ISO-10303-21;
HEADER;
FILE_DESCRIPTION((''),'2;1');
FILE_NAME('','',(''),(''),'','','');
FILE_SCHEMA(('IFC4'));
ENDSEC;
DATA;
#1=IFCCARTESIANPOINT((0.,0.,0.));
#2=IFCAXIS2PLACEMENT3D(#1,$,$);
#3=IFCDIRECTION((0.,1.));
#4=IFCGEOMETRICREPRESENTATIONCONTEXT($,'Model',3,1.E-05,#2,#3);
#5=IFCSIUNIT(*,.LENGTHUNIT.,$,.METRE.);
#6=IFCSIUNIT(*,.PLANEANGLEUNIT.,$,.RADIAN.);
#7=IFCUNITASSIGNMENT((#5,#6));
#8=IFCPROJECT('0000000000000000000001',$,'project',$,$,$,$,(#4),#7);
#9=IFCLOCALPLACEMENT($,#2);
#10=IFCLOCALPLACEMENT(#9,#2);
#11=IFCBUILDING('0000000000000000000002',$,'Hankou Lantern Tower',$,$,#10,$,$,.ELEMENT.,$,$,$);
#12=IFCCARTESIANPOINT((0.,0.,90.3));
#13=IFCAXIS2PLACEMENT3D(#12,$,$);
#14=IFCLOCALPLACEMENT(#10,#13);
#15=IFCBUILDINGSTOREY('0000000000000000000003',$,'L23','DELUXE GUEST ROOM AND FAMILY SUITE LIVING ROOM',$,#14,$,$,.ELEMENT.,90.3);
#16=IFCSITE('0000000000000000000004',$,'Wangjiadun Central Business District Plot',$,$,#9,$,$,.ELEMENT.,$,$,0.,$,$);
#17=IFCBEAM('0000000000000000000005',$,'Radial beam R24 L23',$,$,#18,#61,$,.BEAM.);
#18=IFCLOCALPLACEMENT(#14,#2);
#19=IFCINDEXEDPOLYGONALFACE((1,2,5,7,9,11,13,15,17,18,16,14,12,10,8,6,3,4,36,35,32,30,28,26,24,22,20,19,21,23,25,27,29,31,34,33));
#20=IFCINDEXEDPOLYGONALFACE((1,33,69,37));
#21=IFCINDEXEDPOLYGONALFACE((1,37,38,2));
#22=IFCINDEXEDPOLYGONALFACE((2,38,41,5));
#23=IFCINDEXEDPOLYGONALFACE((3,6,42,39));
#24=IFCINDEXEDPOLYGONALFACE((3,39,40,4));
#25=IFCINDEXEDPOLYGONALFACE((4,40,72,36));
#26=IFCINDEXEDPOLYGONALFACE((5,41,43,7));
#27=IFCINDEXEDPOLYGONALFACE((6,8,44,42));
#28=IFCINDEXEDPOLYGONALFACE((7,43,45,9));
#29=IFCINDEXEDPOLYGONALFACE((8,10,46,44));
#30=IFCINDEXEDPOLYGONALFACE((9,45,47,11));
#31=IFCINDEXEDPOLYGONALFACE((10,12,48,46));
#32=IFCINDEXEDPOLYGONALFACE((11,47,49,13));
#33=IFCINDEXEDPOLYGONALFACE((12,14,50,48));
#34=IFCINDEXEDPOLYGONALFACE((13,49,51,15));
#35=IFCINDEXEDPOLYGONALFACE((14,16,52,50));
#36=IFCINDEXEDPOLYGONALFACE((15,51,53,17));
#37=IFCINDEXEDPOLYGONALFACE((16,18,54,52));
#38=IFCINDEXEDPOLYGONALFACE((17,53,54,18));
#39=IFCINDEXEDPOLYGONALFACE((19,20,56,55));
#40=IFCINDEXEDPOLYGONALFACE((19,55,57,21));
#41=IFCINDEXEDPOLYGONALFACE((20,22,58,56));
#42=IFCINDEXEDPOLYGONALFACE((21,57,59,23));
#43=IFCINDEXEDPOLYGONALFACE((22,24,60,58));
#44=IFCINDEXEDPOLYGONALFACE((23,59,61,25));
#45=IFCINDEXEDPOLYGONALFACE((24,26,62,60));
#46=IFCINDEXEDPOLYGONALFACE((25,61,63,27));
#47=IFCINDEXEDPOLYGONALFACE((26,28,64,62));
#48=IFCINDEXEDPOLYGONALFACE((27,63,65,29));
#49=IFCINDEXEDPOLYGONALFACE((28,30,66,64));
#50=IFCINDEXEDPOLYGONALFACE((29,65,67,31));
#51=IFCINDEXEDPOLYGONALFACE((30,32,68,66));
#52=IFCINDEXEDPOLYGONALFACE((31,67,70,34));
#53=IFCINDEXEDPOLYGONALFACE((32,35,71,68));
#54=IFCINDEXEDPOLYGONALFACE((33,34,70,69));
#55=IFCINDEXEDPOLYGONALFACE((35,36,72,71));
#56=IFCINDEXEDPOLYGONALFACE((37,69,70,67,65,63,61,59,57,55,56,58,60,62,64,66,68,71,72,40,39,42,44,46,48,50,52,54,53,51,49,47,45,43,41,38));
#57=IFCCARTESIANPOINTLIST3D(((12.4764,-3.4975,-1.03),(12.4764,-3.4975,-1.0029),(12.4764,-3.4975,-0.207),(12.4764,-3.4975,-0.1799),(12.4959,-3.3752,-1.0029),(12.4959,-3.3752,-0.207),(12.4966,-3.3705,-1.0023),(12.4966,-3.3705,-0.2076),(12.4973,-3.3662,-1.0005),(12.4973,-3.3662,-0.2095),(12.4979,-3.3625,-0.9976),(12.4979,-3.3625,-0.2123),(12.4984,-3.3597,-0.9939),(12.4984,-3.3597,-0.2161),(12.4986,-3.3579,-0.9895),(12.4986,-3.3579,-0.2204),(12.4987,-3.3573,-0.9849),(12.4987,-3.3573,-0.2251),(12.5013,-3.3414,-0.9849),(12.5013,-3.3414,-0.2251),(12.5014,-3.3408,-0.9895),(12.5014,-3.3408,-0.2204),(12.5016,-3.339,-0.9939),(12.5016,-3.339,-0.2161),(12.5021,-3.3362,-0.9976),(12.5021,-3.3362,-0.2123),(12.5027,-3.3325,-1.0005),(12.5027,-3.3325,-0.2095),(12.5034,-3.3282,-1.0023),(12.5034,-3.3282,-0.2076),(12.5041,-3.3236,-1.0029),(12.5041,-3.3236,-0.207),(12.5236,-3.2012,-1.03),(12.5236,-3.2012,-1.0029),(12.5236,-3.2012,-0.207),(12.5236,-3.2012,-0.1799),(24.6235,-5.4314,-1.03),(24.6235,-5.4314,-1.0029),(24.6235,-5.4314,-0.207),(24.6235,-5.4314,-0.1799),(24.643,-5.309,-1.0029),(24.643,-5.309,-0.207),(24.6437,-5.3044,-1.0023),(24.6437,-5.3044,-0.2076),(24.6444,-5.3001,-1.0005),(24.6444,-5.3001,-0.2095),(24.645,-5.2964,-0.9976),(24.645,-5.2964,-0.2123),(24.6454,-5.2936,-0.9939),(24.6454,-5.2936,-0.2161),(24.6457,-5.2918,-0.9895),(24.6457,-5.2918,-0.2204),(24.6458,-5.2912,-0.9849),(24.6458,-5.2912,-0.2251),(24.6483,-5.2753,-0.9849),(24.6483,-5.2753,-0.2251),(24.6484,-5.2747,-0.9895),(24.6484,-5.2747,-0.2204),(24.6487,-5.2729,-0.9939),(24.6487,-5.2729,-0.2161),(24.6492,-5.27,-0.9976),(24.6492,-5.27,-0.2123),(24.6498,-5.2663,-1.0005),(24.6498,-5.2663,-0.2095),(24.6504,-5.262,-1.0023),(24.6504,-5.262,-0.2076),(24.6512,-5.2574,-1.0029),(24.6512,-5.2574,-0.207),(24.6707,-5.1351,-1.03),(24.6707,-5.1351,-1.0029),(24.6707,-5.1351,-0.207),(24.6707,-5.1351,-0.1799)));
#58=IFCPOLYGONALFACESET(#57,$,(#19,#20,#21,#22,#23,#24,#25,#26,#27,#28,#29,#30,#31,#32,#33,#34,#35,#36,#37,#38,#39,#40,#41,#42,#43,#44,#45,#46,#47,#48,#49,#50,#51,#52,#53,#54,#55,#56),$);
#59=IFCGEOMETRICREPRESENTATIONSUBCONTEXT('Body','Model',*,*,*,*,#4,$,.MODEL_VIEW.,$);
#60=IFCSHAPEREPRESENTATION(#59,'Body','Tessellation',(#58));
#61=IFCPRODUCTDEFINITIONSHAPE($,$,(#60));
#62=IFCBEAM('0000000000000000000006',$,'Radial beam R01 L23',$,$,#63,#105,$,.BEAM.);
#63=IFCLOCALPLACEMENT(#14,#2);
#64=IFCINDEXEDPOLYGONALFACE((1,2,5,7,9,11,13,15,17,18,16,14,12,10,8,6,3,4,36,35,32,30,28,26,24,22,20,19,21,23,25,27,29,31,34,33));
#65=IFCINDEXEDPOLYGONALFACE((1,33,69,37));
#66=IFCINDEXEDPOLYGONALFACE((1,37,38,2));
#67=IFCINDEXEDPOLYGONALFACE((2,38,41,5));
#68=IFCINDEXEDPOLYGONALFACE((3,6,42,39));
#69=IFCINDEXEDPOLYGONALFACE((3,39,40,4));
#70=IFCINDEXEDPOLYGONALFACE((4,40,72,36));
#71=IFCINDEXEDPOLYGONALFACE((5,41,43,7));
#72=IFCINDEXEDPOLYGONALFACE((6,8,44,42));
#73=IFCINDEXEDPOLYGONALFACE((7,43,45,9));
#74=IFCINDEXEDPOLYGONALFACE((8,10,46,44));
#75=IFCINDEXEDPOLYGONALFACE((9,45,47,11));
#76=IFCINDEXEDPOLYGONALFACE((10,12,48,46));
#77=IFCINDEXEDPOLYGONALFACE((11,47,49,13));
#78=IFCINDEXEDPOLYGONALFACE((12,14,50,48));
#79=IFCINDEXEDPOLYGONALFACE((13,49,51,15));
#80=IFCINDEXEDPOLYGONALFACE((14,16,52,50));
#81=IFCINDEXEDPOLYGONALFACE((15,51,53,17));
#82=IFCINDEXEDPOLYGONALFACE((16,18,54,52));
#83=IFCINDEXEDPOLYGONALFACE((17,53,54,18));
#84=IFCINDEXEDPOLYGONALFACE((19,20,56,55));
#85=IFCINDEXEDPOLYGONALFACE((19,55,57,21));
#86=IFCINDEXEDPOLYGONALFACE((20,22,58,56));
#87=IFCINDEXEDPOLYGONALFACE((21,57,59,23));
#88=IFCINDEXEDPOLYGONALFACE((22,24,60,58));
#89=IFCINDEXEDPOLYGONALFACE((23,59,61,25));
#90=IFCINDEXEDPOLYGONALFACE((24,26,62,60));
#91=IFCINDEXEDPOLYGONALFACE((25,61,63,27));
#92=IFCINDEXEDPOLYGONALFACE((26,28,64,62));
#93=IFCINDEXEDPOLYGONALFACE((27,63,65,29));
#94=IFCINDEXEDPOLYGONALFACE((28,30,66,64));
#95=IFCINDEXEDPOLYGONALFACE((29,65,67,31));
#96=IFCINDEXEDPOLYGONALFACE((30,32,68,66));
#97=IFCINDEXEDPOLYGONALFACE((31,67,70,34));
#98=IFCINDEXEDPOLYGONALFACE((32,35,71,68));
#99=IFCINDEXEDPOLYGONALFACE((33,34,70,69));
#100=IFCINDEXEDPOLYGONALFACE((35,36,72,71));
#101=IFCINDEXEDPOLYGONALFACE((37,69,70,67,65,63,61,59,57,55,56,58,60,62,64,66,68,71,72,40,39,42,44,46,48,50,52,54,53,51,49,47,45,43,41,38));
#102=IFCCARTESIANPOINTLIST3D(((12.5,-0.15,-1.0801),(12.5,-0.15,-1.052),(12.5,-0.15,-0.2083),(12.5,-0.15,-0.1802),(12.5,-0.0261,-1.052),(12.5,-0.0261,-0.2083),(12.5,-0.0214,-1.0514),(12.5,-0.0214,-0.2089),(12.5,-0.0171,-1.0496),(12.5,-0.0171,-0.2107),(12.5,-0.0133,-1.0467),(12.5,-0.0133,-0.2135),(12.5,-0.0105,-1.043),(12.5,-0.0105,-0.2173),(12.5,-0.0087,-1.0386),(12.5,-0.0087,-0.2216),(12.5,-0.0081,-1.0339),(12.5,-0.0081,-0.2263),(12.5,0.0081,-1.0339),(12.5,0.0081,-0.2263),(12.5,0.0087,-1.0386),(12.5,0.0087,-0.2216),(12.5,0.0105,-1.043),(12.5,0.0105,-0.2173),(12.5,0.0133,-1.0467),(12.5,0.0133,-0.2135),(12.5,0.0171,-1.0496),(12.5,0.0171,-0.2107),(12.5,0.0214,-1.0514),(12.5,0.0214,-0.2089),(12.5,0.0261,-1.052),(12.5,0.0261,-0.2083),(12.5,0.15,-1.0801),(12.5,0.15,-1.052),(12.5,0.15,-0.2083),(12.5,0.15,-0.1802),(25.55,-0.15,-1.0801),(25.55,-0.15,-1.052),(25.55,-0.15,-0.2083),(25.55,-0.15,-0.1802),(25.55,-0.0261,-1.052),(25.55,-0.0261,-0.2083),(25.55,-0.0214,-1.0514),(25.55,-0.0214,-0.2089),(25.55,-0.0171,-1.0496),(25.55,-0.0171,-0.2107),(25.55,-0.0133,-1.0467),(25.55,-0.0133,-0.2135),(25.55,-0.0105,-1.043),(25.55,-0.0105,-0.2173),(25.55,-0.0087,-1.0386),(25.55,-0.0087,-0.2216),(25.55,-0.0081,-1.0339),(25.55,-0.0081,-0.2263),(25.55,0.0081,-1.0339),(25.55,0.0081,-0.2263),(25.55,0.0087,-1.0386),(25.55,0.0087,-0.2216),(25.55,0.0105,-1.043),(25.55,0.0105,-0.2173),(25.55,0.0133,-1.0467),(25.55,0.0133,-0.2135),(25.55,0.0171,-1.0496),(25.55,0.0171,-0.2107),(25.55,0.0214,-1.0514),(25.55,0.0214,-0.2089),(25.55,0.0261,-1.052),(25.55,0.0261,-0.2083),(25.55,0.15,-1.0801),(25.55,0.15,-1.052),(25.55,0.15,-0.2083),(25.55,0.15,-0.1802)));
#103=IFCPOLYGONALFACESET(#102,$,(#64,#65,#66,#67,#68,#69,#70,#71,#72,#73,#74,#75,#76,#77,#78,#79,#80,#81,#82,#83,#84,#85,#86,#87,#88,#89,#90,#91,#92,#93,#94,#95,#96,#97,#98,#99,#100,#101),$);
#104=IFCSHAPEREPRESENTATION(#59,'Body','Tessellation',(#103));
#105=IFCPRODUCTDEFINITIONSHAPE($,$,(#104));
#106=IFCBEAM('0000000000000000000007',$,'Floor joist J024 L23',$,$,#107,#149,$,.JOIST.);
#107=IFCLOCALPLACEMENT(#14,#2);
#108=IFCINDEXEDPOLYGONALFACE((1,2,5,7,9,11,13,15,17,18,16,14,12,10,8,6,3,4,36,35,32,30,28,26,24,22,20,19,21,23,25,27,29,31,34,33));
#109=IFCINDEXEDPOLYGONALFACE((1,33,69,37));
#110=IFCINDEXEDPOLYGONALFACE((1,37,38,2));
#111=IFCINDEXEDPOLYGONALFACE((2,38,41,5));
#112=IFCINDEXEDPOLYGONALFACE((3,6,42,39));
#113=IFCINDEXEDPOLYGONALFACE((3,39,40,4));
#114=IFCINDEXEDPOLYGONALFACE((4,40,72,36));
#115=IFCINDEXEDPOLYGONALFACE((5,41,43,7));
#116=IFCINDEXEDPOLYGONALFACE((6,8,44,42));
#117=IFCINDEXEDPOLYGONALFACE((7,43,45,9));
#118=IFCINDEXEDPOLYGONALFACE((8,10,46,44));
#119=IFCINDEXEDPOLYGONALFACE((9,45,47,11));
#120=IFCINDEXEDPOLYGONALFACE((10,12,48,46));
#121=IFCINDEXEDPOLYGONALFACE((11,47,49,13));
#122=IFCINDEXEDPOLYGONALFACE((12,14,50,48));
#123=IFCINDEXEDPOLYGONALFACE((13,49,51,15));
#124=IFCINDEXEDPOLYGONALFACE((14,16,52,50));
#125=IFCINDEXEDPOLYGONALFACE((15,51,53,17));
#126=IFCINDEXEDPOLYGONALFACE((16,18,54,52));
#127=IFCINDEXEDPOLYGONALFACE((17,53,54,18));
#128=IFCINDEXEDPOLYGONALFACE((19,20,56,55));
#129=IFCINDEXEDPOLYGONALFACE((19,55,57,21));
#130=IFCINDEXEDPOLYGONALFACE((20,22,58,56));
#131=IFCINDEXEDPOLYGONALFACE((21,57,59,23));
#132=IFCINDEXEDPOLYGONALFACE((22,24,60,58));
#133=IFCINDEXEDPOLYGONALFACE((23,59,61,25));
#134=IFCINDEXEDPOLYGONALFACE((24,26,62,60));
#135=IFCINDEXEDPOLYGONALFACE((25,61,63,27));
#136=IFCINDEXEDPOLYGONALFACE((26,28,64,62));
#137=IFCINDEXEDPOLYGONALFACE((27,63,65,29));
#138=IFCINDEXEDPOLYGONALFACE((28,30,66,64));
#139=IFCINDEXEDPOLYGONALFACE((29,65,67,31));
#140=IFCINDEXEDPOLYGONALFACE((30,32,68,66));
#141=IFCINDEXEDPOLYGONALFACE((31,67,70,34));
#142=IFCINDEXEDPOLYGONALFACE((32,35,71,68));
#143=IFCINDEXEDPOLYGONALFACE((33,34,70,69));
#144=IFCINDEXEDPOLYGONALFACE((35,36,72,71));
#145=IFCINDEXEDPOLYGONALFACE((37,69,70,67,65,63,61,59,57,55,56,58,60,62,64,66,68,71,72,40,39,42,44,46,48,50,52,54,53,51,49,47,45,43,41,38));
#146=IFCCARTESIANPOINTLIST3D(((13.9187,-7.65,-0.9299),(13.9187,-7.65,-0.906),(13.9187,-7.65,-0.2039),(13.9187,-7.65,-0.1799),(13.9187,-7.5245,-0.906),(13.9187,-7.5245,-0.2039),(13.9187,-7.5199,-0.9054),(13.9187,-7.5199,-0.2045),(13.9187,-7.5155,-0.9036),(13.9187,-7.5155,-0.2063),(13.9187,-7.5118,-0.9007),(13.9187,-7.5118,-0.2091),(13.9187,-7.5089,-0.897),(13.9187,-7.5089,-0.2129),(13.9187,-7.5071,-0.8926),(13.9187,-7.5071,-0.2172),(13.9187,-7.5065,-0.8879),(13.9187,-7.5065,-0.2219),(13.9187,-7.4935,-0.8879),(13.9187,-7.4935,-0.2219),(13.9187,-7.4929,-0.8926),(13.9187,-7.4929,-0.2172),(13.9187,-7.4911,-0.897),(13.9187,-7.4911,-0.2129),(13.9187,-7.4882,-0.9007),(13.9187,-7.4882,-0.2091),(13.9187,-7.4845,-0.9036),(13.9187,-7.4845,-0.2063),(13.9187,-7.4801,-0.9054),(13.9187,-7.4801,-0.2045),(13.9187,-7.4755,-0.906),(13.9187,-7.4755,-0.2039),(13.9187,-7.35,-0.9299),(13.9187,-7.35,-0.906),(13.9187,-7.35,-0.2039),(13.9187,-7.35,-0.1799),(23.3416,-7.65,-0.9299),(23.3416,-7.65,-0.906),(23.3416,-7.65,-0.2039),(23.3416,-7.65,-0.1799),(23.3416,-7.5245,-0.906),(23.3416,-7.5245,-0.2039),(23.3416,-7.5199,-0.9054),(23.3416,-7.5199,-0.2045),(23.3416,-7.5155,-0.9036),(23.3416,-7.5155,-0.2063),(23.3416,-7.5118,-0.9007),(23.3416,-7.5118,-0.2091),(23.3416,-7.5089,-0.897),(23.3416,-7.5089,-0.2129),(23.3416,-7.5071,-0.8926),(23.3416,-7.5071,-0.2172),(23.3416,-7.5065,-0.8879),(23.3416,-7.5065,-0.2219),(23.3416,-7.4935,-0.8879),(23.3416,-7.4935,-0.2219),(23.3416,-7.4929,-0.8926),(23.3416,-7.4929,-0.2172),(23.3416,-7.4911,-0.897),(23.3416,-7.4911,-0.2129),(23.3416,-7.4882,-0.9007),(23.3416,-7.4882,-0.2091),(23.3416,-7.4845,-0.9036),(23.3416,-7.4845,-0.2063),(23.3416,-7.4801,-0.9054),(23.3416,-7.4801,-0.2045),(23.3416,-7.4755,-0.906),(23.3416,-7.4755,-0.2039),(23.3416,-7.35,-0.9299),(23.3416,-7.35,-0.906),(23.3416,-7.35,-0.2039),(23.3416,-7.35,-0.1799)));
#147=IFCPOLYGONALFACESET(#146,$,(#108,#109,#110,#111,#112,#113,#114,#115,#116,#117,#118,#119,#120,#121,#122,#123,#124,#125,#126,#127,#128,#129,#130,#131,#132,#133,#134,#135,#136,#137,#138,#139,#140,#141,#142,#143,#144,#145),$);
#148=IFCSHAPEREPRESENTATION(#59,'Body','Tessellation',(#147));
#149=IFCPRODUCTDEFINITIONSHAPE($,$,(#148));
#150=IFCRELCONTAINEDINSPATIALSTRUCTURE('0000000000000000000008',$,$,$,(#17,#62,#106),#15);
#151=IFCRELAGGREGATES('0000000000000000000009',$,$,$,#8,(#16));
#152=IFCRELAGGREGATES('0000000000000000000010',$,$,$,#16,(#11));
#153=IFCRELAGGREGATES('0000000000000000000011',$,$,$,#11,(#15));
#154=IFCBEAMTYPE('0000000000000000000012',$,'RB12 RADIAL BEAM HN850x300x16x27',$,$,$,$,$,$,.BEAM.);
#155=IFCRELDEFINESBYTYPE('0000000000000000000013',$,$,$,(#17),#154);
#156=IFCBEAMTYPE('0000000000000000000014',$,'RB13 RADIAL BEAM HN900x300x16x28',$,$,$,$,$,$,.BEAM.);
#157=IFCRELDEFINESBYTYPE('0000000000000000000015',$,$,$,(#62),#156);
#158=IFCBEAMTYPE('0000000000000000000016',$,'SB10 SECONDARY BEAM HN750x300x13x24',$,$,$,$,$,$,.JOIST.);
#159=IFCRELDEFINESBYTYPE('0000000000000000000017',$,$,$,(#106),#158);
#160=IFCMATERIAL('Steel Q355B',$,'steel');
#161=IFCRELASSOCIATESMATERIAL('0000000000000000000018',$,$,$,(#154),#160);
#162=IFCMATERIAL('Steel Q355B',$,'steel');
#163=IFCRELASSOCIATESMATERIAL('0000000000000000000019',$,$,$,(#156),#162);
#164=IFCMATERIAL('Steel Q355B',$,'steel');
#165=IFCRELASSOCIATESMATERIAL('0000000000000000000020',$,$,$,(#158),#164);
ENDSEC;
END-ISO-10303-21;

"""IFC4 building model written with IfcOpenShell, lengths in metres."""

from ifc_helpers import new_model, si_unit, direction, frame, origin, origin_2d, place, context, subcontext, project, spatial, i_section, extrude, material, material_profile, profile_set, type_object, element, save


model = new_model("IFC4")

# Units and contexts
model_context = context("Model", 3, precision=1e-05, world=origin(), true_north=direction((0.0, 1.0)))
body_context = subcontext(model_context, "Body", "Model", "MODEL_VIEW")
ifc_project = project(units=[si_unit("LENGTHUNIT", "METRE"), si_unit("PLANEANGLEUNIT", "RADIAN")], contexts=[model_context])

# Site, building, storey
site_placement = place(None, origin())
site = spatial("IfcSite", under=ifc_project, at=site_placement, Name="Wangjiadun Central Business District Plot", CompositionType="ELEMENT", RefElevation=0.0)
building_placement = place(site_placement, origin())
building = spatial("IfcBuilding", under=site, at=building_placement, Name="Hankou Lantern Tower", CompositionType="ELEMENT")
storey_placement = place(building_placement, frame((0.0, 0.0, 90.3)))
storey = spatial("IfcBuildingStorey", under=building, at=storey_placement, Name="L23", Description="DELUXE GUEST ROOM AND FAMILY SUITE LIVING ROOM", CompositionType="ELEMENT", Elevation=90.3)

# Beams
ifc_material_1 = material(Name="Steel Q355B", Category="steel")
ifc_material_profile_1 = material_profile(ifc_material_1, i_section(OverallWidth=0.3, OverallDepth=0.8501, WebThickness=0.0161, FlangeThickness=0.0271, FilletRadius=0.0181, at=origin_2d()), Name="HN850x300x16x27")
ifc_profile_set_1 = profile_set([ifc_material_profile_1], Name="Steel Q355B")
beam_type_1 = type_object("IfcBeamType", Name="RB12 RADIAL BEAM HN850x300x16x27", PredefinedType="BEAM", material=ifc_profile_set_1)
beam_1_placement = place(storey_placement, frame((12.5, -3.3494, -0.605), z_axis=(0.987563, -0.157223, 0.0), x_axis=(0.157223, 0.987563, 0.0)))
element("IfcBeam", 1, at=beam_1_placement, inside=storey, type_object=beam_type_1, Name="Radial beam R24 L23", PredefinedType="BEAM", context=body_context, shape_type="SweptSolid", body=[
    extrude(i_section(OverallWidth=0.3, OverallDepth=0.8501, WebThickness=0.0161, FlangeThickness=0.0271, FilletRadius=0.0181, at=origin_2d()), origin(), (0.0, 0.0, 1.0), 12.3),
])
ifc_material_2 = material(Name="Steel Q355B", Category="steel")
ifc_material_profile_2 = material_profile(ifc_material_2, i_section(OverallWidth=0.3, OverallDepth=0.8999, WebThickness=0.0161, FlangeThickness=0.0281, FilletRadius=0.0181, at=origin_2d()), Name="HN900x300x16x28")
ifc_profile_set_2 = profile_set([ifc_material_profile_2], Name="Steel Q355B")
beam_type_2 = type_object("IfcBeamType", Name="RB13 RADIAL BEAM HN900x300x16x28", PredefinedType="BEAM", material=ifc_profile_set_2)
beam_2_placement = place(storey_placement, frame((12.5, 0.0, -0.6301), z_axis=(1.0, 0.0, 0.0), x_axis=(0.0, 1.0, 0.0)))
element("IfcBeam", 2, at=beam_2_placement, inside=storey, type_object=beam_type_2, Name="Radial beam R01 L23", PredefinedType="BEAM", context=body_context, shape_type="SweptSolid", body=[
    extrude(i_section(OverallWidth=0.3, OverallDepth=0.8999, WebThickness=0.0161, FlangeThickness=0.0281, FilletRadius=0.0181, at=origin_2d()), origin(), (0.0, 0.0, 1.0), 13.05),
])
ifc_material_3 = material(Name="Steel Q355B", Category="steel")
ifc_material_profile_3 = material_profile(ifc_material_3, i_section(OverallWidth=0.3, OverallDepth=0.75, WebThickness=0.0129, FlangeThickness=0.0239, FilletRadius=0.0181, at=origin_2d()), Name="HN750x300x13x24")
ifc_profile_set_3 = profile_set([ifc_material_profile_3], Name="Steel Q355B")
beam_type_3 = type_object("IfcBeamType", Name="SB10 SECONDARY BEAM HN750x300x13x24", PredefinedType="JOIST", material=ifc_profile_set_3)
beam_3_placement = place(storey_placement, frame((13.9187, -7.5, -0.5549), z_axis=(1.0, 0.0, 0.0), x_axis=(0.0, 1.0, 0.0)))
element("IfcBeam", 3, at=beam_3_placement, inside=storey, type_object=beam_type_3, Name="Floor joist J024 L23", PredefinedType="JOIST", context=body_context, shape_type="SweptSolid", body=[
    extrude(i_section(OverallWidth=0.3, OverallDepth=0.75, WebThickness=0.0129, FlangeThickness=0.0239, FilletRadius=0.0181, at=origin_2d()), origin(), (0.0, 0.0, 1.0), 9.4229),
])

save(model, "model.ifc")
